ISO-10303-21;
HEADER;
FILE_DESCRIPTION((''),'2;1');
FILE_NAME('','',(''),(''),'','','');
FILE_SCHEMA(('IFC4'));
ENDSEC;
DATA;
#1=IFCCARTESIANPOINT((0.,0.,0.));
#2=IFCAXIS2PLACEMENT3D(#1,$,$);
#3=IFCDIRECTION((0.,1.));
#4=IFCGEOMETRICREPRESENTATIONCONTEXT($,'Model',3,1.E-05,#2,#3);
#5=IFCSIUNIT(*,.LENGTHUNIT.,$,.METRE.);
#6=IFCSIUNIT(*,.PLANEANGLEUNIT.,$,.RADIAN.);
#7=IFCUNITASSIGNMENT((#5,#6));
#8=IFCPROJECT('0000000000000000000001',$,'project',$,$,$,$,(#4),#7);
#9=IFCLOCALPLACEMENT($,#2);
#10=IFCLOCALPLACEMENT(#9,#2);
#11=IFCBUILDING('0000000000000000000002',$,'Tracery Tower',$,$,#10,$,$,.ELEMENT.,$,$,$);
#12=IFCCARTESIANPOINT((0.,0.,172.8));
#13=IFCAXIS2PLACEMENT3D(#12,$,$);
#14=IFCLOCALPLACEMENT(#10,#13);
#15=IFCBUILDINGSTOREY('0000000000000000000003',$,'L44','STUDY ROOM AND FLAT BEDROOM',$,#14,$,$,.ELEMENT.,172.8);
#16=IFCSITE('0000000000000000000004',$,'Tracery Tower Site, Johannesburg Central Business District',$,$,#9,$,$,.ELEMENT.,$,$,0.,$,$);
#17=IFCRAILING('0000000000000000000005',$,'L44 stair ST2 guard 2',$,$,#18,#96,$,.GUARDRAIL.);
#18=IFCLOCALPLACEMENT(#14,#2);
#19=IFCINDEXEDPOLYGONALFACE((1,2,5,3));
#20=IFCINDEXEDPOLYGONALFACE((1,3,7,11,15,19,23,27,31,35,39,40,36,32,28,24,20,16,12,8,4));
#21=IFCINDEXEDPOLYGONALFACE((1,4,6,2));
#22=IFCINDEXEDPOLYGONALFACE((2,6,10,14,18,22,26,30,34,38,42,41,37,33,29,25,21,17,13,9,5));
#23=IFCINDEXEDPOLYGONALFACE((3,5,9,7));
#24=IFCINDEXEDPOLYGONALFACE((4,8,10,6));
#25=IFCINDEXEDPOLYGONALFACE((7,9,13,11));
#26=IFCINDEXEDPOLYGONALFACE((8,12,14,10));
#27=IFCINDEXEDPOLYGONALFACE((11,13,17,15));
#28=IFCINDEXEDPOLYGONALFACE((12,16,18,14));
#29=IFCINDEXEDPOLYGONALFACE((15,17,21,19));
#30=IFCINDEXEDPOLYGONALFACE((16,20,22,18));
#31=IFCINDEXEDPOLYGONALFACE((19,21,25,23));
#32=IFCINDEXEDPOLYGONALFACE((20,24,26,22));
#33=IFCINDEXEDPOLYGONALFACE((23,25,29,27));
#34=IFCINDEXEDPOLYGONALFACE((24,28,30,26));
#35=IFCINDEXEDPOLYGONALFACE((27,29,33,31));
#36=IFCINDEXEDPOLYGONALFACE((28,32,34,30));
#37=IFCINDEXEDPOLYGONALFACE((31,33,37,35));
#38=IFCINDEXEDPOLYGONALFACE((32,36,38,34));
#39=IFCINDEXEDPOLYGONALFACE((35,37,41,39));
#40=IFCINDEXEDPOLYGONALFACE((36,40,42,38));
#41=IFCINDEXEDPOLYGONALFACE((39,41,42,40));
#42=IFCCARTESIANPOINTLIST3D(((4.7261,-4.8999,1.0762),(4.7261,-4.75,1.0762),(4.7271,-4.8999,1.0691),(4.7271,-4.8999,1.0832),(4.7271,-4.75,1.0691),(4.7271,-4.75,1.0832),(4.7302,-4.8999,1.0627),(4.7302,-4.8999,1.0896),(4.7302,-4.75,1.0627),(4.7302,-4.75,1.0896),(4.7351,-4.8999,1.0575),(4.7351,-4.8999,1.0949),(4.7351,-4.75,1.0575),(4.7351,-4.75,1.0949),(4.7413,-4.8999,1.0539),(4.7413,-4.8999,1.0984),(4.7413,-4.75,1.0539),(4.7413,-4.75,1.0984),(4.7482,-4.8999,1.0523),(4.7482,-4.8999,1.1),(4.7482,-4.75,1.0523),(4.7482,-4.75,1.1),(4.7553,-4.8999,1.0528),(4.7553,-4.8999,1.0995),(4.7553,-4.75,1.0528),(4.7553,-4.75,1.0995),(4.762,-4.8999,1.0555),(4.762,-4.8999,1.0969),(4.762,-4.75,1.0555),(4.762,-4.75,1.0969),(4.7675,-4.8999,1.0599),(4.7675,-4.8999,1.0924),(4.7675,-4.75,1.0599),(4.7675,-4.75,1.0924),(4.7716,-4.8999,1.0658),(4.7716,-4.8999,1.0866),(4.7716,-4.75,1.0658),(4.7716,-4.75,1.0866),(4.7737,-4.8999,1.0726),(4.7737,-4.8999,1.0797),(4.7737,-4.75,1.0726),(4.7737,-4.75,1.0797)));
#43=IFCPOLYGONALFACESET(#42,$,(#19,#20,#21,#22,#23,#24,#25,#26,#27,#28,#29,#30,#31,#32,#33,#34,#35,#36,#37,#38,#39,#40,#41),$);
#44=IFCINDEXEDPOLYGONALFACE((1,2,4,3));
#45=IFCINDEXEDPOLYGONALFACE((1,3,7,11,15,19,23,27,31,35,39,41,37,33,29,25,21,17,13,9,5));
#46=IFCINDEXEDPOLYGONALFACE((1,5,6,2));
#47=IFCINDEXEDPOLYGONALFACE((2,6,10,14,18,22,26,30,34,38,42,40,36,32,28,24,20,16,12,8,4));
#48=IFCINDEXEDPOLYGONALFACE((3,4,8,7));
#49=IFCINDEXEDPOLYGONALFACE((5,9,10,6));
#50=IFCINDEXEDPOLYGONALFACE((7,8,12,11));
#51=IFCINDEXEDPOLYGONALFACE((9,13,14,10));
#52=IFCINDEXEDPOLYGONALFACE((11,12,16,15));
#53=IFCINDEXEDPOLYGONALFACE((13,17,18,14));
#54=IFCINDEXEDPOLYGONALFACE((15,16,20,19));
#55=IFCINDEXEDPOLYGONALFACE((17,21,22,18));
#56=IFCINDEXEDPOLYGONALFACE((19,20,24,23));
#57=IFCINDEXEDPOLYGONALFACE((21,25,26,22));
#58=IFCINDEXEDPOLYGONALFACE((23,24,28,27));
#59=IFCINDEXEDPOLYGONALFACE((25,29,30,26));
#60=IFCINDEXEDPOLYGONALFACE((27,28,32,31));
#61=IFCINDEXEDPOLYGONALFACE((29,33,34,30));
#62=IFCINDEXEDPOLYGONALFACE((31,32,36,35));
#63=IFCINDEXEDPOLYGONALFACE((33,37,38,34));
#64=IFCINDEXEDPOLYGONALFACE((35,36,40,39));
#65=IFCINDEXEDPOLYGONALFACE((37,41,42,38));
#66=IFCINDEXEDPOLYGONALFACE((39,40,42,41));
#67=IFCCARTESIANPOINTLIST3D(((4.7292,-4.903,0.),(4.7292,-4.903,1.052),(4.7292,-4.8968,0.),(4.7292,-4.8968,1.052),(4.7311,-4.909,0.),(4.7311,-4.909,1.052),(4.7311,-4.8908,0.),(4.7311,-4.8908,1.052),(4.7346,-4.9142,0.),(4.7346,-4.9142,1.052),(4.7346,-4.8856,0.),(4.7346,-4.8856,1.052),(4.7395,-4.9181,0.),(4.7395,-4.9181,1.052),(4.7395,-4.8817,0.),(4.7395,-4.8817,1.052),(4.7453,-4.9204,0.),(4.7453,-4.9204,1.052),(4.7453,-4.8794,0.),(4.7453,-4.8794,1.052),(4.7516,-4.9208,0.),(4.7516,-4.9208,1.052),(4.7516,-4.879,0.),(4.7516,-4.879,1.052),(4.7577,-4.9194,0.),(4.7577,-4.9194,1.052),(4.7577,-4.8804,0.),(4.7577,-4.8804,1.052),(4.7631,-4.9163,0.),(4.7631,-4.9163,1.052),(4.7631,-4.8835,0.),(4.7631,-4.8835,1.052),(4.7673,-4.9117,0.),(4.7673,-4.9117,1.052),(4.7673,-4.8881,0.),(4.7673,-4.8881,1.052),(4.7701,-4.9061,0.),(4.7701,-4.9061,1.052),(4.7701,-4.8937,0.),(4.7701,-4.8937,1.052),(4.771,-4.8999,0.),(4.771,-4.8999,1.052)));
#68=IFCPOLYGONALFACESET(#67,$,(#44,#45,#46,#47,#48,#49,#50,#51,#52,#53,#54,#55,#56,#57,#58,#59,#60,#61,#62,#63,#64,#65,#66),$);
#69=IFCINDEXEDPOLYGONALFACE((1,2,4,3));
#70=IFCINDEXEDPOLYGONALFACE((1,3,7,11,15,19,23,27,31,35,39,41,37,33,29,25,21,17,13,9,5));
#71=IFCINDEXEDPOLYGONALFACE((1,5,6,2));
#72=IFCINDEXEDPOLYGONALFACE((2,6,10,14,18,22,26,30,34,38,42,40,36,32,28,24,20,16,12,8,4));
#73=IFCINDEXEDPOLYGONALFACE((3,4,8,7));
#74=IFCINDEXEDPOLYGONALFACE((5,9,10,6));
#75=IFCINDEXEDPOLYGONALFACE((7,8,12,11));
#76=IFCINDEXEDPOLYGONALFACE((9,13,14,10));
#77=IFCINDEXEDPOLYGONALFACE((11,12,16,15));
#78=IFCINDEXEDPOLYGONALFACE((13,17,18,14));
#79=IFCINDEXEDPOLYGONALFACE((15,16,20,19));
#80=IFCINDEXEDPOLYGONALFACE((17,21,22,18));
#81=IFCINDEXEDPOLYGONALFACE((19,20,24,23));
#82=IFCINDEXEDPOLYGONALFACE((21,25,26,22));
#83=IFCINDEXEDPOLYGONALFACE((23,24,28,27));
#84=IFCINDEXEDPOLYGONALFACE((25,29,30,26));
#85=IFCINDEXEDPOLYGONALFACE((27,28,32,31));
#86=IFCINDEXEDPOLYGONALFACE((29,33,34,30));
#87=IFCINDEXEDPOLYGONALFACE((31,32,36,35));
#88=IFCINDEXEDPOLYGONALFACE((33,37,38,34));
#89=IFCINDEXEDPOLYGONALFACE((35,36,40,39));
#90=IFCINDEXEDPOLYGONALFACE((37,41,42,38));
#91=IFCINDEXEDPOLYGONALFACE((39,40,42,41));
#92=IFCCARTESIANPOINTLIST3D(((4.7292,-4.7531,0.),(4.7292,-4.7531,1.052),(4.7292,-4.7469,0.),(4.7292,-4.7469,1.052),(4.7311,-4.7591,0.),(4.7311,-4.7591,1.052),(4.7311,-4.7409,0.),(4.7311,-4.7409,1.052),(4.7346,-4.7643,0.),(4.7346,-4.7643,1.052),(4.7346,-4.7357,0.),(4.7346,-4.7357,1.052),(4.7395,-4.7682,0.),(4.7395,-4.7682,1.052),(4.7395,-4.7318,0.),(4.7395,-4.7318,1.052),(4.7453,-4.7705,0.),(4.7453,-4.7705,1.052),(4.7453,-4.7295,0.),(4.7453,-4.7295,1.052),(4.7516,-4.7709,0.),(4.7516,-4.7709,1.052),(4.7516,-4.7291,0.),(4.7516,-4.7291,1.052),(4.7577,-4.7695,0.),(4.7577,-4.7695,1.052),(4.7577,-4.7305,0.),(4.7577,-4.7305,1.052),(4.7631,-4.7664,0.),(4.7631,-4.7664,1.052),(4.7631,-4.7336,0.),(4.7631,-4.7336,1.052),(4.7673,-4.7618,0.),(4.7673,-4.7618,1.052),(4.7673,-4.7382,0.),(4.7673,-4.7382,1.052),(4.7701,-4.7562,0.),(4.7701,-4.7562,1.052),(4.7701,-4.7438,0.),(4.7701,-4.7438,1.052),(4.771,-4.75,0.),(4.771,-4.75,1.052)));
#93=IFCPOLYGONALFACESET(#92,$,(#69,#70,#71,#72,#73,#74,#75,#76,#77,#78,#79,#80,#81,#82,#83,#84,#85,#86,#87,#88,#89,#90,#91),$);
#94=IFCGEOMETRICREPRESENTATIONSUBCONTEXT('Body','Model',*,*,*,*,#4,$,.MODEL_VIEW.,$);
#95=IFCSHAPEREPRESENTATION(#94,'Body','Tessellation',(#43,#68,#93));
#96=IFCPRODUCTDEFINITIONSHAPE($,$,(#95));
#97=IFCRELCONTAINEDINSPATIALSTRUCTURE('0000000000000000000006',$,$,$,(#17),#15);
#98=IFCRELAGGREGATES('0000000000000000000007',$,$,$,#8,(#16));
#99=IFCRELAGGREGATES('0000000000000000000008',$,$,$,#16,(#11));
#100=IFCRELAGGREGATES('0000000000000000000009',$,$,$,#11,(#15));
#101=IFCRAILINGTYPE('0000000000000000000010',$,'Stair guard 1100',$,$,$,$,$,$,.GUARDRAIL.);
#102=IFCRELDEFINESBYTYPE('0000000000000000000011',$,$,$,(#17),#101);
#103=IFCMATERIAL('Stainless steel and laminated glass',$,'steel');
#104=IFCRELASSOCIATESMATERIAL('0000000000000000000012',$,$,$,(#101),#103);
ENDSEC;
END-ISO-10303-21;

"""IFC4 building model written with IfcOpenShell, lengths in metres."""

from ifc_helpers import new_model, si_unit, direction, frame, origin, origin_2d, place, context, subcontext, project, spatial, circle, extrude, material, type_object, element, save


model = new_model("IFC4")

# Units and contexts
model_context = context("Model", 3, precision=1e-05, world=origin(), true_north=direction((0.0, 1.0)))
body_context = subcontext(model_context, "Body", "Model", "MODEL_VIEW")
ifc_project = project(units=[si_unit("LENGTHUNIT", "METRE"), si_unit("PLANEANGLEUNIT", "RADIAN")], contexts=[model_context])

# Site, building, storey
site_placement = place(None, origin())
site = spatial("IfcSite", under=ifc_project, at=site_placement, Name="Tracery Tower Site, Johannesburg Central Business District", CompositionType="ELEMENT", RefElevation=0.0)
building_placement = place(site_placement, origin())
building = spatial("IfcBuilding", under=site, at=building_placement, Name="Tracery Tower", CompositionType="ELEMENT")
storey_placement = place(building_placement, frame((0.0, 0.0, 172.8)))
storey = spatial("IfcBuildingStorey", under=building, at=storey_placement, Name="L44", Description="STUDY ROOM AND FLAT BEDROOM", CompositionType="ELEMENT", Elevation=172.8)

# Railing
ifc_material_1 = material(Name="Stainless steel and laminated glass", Category="steel")
railing_type_1 = type_object("IfcRailingType", Name="Stair guard 1100", PredefinedType="GUARDRAIL", material=ifc_material_1)
railing_1_placement = place(storey_placement, frame((4.75, -4.8999, 0.0)))
element("IfcRailing", 1, at=railing_1_placement, inside=storey, type_object=railing_type_1, Name="L44 stair ST2 guard 2", PredefinedType="GUARDRAIL", context=body_context, shape_type="SweptSolid", body=[
    extrude(circle(Radius=0.0239, at=origin_2d()), frame((0.0, 0.0, 1.0762), z_axis=(0.0, 1.0, 0.0), x_axis=(-1.0, 0.0, 0.0)), (0.0, 0.0, 1.0), 0.1499),
    extrude(circle(Radius=0.021, at=origin_2d()), origin(), (0.0, 0.0, 1.0), 1.052),
    extrude(circle(Radius=0.021, at=origin_2d()), frame((0.0, 0.1499, 0.0)), (0.0, 0.0, 1.0), 1.052),
])

save(model, "model.ifc")
